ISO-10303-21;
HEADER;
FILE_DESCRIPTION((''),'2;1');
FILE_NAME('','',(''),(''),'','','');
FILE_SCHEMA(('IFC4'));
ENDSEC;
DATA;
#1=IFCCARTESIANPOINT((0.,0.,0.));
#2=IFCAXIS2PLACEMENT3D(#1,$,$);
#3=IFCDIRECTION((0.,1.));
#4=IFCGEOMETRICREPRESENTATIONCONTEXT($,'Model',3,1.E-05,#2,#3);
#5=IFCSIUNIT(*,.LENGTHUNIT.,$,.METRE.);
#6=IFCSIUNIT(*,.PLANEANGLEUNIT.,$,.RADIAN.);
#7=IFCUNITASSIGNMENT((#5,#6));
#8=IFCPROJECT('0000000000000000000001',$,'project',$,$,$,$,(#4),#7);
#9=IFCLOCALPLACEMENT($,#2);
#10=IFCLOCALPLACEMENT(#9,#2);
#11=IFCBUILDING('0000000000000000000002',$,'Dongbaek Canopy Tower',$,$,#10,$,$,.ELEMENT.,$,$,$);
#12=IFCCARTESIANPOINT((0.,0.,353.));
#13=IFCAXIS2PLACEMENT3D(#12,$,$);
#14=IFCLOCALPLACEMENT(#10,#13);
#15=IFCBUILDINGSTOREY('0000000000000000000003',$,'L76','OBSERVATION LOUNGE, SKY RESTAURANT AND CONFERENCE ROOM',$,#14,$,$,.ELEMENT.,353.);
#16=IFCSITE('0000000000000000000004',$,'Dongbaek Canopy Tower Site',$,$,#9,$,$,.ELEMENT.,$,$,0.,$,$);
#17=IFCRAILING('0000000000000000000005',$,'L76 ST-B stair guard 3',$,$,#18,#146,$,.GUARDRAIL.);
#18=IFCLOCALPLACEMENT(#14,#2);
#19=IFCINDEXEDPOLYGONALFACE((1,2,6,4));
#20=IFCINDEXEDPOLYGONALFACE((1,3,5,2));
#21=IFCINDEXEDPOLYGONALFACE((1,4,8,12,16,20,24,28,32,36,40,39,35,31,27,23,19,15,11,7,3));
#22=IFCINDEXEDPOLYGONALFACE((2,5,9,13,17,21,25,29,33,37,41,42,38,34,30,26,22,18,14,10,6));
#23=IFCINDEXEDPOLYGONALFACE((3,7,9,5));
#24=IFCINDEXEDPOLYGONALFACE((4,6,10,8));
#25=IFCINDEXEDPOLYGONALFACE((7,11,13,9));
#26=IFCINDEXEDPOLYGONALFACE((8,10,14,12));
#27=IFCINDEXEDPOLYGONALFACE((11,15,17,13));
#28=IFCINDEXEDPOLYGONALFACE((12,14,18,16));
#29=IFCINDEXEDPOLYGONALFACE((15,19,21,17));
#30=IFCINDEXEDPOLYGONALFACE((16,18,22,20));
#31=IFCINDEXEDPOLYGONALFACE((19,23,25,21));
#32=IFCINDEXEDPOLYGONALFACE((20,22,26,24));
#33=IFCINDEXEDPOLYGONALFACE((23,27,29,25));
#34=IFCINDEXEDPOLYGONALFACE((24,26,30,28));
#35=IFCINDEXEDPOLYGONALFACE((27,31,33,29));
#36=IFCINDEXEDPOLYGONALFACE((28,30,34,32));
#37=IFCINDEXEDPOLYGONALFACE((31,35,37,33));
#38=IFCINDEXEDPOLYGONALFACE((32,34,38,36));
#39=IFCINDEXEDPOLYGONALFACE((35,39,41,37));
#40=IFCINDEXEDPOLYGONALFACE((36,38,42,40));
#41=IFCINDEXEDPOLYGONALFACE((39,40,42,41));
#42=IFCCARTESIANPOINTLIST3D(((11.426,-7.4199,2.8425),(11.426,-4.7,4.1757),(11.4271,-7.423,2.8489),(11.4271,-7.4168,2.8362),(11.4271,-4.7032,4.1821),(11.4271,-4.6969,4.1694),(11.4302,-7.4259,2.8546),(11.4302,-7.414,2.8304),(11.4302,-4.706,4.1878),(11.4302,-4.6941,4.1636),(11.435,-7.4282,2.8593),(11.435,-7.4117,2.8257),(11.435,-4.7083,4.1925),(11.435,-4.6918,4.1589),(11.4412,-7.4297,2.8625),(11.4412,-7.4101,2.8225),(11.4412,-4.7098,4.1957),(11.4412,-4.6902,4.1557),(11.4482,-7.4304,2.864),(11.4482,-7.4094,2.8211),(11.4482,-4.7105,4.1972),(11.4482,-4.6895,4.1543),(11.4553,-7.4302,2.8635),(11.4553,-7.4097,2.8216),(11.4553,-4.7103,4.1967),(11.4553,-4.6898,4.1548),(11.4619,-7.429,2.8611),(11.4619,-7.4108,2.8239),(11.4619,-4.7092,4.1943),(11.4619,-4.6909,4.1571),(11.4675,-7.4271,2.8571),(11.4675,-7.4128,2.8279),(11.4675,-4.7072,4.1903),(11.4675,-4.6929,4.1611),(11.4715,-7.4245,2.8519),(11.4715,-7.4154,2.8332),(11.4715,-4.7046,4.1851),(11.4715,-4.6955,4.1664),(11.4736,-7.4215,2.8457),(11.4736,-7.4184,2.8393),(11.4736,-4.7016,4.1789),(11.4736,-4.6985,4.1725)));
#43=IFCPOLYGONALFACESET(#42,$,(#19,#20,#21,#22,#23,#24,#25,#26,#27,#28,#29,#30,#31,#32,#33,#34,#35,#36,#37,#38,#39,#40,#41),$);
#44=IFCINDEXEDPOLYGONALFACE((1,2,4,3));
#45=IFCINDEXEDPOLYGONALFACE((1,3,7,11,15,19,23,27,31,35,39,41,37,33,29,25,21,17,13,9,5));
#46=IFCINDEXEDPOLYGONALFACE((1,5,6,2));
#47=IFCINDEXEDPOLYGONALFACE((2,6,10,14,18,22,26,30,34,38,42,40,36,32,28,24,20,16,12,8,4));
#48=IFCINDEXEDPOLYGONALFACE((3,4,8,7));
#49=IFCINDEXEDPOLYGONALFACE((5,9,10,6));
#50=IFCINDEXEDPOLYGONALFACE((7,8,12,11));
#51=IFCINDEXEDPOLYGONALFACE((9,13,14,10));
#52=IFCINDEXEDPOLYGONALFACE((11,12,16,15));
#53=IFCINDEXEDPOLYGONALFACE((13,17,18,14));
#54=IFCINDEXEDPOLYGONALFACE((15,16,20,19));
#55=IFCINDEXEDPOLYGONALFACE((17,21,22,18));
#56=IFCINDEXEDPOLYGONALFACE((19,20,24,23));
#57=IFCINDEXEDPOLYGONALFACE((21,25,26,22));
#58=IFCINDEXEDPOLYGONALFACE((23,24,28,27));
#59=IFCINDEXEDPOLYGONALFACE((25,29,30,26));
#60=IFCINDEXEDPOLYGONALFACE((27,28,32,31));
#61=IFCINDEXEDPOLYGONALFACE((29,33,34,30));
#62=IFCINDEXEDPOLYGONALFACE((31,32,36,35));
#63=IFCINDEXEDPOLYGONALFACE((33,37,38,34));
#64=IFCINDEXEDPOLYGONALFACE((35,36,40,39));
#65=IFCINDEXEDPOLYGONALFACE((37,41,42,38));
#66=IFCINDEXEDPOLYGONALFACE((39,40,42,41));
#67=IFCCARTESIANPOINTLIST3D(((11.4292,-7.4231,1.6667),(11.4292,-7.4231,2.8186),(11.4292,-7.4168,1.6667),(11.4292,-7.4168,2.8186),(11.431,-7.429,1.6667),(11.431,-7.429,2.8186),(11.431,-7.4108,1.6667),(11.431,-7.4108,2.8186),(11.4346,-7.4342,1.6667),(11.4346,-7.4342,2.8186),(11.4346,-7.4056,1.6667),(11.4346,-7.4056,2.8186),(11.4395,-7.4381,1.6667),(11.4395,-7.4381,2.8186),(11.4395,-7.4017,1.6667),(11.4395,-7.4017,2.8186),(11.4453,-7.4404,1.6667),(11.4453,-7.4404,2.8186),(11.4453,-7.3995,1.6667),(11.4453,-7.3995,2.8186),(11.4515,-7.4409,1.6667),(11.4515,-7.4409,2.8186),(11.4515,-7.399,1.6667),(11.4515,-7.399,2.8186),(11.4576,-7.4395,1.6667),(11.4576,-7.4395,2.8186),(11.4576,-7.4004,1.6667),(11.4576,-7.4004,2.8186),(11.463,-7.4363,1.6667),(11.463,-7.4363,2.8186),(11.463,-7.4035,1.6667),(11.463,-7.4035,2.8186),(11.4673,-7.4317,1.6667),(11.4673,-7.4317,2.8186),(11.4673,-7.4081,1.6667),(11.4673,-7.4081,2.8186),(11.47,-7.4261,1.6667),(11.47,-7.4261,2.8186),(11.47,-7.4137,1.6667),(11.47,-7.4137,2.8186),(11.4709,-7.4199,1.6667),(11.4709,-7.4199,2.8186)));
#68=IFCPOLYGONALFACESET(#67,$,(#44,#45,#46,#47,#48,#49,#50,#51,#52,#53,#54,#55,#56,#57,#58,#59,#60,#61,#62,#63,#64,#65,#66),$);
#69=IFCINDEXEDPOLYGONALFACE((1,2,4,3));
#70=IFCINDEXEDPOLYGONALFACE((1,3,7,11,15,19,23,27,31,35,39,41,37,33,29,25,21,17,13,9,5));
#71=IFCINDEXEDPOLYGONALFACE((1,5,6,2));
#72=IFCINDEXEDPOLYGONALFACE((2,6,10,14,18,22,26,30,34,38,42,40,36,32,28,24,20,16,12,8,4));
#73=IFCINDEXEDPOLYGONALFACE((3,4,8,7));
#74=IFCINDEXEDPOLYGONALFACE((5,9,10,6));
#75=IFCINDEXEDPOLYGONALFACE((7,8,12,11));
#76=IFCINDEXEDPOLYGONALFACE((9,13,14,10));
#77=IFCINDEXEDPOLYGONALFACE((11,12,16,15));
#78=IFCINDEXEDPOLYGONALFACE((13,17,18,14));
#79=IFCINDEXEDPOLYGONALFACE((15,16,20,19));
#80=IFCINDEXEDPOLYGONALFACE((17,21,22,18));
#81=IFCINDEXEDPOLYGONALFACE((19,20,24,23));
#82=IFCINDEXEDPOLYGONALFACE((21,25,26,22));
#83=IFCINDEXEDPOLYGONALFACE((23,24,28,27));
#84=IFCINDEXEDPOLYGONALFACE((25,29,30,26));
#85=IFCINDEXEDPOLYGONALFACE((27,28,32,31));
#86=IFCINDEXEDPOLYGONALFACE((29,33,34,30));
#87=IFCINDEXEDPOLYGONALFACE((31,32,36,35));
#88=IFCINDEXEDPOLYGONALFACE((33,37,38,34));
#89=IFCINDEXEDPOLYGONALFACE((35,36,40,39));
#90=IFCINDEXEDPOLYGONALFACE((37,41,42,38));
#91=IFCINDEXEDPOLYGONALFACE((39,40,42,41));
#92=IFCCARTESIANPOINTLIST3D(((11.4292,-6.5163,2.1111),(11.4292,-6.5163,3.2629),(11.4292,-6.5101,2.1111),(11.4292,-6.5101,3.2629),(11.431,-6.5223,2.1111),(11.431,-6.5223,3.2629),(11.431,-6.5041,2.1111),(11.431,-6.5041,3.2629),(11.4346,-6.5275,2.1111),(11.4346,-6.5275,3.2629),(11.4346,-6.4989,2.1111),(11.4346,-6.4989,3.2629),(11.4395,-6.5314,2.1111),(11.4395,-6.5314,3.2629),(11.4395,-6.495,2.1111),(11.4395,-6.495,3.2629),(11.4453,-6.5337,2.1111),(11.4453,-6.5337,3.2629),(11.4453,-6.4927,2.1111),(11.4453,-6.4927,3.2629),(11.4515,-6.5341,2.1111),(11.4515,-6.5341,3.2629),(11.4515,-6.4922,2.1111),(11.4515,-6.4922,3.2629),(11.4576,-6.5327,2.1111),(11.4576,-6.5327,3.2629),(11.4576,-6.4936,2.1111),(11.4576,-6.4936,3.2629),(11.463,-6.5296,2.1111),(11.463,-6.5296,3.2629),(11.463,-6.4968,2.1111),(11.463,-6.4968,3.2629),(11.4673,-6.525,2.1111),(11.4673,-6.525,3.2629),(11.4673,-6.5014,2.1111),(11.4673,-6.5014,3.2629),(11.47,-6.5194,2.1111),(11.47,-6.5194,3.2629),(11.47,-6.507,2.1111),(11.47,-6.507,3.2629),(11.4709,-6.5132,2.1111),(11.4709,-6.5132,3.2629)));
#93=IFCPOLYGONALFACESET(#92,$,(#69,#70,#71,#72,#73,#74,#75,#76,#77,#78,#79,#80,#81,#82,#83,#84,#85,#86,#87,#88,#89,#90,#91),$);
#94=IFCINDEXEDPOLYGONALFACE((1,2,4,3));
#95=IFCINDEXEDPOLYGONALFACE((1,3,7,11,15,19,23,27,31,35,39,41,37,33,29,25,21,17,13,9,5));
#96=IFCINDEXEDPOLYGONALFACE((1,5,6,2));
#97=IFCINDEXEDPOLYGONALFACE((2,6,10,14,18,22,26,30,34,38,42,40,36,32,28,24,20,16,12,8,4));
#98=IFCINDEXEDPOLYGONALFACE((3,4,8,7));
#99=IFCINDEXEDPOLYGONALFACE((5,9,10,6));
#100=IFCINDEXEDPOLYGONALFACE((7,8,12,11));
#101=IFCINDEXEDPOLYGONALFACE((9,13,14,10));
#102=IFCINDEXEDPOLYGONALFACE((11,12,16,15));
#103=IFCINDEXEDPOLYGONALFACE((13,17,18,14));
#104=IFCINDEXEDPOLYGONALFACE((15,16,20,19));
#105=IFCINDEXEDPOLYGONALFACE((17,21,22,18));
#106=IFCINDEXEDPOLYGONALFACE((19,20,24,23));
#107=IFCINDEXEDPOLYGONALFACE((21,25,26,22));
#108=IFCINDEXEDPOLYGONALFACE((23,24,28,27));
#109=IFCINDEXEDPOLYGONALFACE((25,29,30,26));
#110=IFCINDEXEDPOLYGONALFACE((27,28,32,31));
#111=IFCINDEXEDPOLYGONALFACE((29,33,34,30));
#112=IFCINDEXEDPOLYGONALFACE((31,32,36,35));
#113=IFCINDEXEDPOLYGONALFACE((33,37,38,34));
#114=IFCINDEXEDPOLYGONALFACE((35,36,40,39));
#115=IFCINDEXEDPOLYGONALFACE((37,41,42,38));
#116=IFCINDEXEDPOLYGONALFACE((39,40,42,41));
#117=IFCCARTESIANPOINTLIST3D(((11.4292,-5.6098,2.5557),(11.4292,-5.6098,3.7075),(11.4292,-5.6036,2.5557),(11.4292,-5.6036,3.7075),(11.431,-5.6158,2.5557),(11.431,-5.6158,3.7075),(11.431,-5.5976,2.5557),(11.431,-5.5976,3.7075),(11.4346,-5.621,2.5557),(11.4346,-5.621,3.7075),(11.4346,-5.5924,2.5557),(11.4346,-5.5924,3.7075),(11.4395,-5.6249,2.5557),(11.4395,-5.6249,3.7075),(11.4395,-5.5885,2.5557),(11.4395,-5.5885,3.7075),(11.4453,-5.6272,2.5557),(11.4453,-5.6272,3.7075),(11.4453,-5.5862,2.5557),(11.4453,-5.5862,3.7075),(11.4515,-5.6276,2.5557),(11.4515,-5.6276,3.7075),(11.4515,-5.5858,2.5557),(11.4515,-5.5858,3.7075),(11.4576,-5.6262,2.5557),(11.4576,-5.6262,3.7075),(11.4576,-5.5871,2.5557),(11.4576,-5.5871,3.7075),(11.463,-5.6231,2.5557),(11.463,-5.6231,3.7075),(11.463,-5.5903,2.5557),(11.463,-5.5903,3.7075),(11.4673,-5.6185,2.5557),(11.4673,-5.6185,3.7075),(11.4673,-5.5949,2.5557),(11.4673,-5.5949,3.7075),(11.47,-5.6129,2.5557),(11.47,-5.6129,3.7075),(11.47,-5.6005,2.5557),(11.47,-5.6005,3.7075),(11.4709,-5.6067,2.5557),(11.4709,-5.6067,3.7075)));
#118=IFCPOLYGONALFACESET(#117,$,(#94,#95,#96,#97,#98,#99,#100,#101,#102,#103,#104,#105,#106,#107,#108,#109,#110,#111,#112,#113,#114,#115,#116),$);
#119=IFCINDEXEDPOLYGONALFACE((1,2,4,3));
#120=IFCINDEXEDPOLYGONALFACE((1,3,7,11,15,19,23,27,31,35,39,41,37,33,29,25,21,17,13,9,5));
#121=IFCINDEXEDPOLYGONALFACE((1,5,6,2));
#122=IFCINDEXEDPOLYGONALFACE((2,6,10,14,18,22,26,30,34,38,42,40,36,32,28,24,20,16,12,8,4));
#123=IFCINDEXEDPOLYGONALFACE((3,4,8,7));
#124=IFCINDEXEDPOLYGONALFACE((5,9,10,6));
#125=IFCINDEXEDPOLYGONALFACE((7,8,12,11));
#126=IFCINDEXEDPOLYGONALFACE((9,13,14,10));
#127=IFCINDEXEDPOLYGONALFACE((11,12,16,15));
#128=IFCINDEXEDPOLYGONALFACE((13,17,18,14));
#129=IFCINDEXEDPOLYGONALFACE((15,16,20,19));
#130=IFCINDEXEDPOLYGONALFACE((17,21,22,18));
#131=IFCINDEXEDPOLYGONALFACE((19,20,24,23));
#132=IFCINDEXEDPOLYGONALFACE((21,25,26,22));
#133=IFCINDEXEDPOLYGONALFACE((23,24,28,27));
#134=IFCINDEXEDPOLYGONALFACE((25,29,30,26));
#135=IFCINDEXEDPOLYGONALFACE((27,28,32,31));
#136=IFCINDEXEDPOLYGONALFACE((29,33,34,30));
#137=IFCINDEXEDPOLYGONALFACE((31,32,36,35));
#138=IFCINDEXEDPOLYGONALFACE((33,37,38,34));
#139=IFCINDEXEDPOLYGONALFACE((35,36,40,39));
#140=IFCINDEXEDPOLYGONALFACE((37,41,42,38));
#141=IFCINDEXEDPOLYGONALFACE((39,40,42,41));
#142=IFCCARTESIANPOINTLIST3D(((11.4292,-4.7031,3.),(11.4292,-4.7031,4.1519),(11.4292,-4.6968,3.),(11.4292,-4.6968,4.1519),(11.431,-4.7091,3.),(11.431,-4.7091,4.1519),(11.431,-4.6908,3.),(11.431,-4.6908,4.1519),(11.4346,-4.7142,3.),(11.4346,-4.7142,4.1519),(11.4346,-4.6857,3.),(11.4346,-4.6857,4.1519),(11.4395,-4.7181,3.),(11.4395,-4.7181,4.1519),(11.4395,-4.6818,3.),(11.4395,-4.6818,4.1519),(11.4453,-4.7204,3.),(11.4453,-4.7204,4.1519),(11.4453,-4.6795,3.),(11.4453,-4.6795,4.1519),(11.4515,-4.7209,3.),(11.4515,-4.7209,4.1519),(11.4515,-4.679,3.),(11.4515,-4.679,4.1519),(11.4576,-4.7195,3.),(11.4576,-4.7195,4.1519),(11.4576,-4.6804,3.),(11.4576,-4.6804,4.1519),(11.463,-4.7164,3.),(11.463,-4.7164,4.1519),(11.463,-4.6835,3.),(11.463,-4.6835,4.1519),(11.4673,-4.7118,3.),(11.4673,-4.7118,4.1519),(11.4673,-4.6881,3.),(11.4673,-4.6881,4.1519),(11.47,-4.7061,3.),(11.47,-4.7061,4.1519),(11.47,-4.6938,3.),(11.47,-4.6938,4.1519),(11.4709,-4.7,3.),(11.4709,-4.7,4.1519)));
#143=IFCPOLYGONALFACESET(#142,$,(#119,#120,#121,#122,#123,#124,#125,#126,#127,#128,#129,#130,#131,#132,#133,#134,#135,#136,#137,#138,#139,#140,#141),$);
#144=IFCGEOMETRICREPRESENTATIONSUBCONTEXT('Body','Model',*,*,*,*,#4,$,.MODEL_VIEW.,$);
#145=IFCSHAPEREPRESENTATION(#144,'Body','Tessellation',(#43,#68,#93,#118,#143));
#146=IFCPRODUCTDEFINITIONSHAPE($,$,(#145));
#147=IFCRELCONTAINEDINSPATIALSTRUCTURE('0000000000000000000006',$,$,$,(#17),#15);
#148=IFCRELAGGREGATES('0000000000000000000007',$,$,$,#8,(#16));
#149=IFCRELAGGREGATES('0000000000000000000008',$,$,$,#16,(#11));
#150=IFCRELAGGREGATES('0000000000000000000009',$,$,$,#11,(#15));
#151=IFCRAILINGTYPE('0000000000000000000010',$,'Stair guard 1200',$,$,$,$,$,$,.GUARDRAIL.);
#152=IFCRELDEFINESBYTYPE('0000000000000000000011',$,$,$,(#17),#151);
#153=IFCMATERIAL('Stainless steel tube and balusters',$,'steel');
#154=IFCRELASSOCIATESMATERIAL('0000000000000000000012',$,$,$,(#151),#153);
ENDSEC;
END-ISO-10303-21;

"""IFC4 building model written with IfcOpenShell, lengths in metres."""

from ifc_helpers import new_model, si_unit, direction, frame, origin, origin_2d, place, context, subcontext, project, spatial, circle, extrude, material, type_object, element, save


model = new_model("IFC4")

# Units and contexts
model_context = context("Model", 3, precision=1e-05, world=origin(), true_north=direction((0.0, 1.0)))
body_context = subcontext(model_context, "Body", "Model", "MODEL_VIEW")
ifc_project = project(units=[si_unit("LENGTHUNIT", "METRE"), si_unit("PLANEANGLEUNIT", "RADIAN")], contexts=[model_context])

# Site, building, storey
site_placement = place(None, origin())
site = spatial("IfcSite", under=ifc_project, at=site_placement, Name="Dongbaek Canopy Tower Site", CompositionType="ELEMENT", RefElevation=0.0)
building_placement = place(site_placement, origin())
building = spatial("IfcBuilding", under=site, at=building_placement, Name="Dongbaek Canopy Tower", CompositionType="ELEMENT")
storey_placement = place(building_placement, frame((0.0, 0.0, 353.0)))
storey = spatial("IfcBuildingStorey", under=building, at=storey_placement, Name="L76", Description="OBSERVATION LOUNGE, SKY RESTAURANT AND CONFERENCE ROOM", CompositionType="ELEMENT", Elevation=353.0)

# Railing
ifc_material_1 = material(Name="Stainless steel tube and balusters", Category="steel")
railing_type_1 = type_object("IfcRailingType", Name="Stair guard 1200", PredefinedType="GUARDRAIL", material=ifc_material_1)
railing_1_placement = place(storey_placement, frame((11.45, -7.4199, 1.6667)))
element("IfcRailing", 1, at=railing_1_placement, inside=storey, type_object=railing_type_1, Name="L76 ST-B stair guard 3", PredefinedType="GUARDRAIL", context=body_context, shape_type="SweptSolid", body=[
    extrude(circle(Radius=0.0239, at=origin_2d()), frame((0.0, 0.0, 1.1758), z_axis=(0.0, 0.897929, 0.440139), x_axis=(-1.0, 0.0, 0.0)), (0.0, 0.0, 1.0), 3.0291),
    extrude(circle(Radius=0.021, at=origin_2d()), origin(), (0.0, 0.0, 1.0), 1.1519),
    extrude(circle(Radius=0.021, at=origin_2d()), frame((0.0, 0.9067, 0.4443)), (0.0, 0.0, 1.0), 1.1519),
    extrude(circle(Radius=0.021, at=origin_2d()), frame((0.0, 1.8132, 0.8889)), (0.0, 0.0, 1.0), 1.1519),
    extrude(circle(Radius=0.021, at=origin_2d()), frame((0.0, 2.72, 1.3333)), (0.0, 0.0, 1.0), 1.1519),
])

save(model, "model.ifc")
